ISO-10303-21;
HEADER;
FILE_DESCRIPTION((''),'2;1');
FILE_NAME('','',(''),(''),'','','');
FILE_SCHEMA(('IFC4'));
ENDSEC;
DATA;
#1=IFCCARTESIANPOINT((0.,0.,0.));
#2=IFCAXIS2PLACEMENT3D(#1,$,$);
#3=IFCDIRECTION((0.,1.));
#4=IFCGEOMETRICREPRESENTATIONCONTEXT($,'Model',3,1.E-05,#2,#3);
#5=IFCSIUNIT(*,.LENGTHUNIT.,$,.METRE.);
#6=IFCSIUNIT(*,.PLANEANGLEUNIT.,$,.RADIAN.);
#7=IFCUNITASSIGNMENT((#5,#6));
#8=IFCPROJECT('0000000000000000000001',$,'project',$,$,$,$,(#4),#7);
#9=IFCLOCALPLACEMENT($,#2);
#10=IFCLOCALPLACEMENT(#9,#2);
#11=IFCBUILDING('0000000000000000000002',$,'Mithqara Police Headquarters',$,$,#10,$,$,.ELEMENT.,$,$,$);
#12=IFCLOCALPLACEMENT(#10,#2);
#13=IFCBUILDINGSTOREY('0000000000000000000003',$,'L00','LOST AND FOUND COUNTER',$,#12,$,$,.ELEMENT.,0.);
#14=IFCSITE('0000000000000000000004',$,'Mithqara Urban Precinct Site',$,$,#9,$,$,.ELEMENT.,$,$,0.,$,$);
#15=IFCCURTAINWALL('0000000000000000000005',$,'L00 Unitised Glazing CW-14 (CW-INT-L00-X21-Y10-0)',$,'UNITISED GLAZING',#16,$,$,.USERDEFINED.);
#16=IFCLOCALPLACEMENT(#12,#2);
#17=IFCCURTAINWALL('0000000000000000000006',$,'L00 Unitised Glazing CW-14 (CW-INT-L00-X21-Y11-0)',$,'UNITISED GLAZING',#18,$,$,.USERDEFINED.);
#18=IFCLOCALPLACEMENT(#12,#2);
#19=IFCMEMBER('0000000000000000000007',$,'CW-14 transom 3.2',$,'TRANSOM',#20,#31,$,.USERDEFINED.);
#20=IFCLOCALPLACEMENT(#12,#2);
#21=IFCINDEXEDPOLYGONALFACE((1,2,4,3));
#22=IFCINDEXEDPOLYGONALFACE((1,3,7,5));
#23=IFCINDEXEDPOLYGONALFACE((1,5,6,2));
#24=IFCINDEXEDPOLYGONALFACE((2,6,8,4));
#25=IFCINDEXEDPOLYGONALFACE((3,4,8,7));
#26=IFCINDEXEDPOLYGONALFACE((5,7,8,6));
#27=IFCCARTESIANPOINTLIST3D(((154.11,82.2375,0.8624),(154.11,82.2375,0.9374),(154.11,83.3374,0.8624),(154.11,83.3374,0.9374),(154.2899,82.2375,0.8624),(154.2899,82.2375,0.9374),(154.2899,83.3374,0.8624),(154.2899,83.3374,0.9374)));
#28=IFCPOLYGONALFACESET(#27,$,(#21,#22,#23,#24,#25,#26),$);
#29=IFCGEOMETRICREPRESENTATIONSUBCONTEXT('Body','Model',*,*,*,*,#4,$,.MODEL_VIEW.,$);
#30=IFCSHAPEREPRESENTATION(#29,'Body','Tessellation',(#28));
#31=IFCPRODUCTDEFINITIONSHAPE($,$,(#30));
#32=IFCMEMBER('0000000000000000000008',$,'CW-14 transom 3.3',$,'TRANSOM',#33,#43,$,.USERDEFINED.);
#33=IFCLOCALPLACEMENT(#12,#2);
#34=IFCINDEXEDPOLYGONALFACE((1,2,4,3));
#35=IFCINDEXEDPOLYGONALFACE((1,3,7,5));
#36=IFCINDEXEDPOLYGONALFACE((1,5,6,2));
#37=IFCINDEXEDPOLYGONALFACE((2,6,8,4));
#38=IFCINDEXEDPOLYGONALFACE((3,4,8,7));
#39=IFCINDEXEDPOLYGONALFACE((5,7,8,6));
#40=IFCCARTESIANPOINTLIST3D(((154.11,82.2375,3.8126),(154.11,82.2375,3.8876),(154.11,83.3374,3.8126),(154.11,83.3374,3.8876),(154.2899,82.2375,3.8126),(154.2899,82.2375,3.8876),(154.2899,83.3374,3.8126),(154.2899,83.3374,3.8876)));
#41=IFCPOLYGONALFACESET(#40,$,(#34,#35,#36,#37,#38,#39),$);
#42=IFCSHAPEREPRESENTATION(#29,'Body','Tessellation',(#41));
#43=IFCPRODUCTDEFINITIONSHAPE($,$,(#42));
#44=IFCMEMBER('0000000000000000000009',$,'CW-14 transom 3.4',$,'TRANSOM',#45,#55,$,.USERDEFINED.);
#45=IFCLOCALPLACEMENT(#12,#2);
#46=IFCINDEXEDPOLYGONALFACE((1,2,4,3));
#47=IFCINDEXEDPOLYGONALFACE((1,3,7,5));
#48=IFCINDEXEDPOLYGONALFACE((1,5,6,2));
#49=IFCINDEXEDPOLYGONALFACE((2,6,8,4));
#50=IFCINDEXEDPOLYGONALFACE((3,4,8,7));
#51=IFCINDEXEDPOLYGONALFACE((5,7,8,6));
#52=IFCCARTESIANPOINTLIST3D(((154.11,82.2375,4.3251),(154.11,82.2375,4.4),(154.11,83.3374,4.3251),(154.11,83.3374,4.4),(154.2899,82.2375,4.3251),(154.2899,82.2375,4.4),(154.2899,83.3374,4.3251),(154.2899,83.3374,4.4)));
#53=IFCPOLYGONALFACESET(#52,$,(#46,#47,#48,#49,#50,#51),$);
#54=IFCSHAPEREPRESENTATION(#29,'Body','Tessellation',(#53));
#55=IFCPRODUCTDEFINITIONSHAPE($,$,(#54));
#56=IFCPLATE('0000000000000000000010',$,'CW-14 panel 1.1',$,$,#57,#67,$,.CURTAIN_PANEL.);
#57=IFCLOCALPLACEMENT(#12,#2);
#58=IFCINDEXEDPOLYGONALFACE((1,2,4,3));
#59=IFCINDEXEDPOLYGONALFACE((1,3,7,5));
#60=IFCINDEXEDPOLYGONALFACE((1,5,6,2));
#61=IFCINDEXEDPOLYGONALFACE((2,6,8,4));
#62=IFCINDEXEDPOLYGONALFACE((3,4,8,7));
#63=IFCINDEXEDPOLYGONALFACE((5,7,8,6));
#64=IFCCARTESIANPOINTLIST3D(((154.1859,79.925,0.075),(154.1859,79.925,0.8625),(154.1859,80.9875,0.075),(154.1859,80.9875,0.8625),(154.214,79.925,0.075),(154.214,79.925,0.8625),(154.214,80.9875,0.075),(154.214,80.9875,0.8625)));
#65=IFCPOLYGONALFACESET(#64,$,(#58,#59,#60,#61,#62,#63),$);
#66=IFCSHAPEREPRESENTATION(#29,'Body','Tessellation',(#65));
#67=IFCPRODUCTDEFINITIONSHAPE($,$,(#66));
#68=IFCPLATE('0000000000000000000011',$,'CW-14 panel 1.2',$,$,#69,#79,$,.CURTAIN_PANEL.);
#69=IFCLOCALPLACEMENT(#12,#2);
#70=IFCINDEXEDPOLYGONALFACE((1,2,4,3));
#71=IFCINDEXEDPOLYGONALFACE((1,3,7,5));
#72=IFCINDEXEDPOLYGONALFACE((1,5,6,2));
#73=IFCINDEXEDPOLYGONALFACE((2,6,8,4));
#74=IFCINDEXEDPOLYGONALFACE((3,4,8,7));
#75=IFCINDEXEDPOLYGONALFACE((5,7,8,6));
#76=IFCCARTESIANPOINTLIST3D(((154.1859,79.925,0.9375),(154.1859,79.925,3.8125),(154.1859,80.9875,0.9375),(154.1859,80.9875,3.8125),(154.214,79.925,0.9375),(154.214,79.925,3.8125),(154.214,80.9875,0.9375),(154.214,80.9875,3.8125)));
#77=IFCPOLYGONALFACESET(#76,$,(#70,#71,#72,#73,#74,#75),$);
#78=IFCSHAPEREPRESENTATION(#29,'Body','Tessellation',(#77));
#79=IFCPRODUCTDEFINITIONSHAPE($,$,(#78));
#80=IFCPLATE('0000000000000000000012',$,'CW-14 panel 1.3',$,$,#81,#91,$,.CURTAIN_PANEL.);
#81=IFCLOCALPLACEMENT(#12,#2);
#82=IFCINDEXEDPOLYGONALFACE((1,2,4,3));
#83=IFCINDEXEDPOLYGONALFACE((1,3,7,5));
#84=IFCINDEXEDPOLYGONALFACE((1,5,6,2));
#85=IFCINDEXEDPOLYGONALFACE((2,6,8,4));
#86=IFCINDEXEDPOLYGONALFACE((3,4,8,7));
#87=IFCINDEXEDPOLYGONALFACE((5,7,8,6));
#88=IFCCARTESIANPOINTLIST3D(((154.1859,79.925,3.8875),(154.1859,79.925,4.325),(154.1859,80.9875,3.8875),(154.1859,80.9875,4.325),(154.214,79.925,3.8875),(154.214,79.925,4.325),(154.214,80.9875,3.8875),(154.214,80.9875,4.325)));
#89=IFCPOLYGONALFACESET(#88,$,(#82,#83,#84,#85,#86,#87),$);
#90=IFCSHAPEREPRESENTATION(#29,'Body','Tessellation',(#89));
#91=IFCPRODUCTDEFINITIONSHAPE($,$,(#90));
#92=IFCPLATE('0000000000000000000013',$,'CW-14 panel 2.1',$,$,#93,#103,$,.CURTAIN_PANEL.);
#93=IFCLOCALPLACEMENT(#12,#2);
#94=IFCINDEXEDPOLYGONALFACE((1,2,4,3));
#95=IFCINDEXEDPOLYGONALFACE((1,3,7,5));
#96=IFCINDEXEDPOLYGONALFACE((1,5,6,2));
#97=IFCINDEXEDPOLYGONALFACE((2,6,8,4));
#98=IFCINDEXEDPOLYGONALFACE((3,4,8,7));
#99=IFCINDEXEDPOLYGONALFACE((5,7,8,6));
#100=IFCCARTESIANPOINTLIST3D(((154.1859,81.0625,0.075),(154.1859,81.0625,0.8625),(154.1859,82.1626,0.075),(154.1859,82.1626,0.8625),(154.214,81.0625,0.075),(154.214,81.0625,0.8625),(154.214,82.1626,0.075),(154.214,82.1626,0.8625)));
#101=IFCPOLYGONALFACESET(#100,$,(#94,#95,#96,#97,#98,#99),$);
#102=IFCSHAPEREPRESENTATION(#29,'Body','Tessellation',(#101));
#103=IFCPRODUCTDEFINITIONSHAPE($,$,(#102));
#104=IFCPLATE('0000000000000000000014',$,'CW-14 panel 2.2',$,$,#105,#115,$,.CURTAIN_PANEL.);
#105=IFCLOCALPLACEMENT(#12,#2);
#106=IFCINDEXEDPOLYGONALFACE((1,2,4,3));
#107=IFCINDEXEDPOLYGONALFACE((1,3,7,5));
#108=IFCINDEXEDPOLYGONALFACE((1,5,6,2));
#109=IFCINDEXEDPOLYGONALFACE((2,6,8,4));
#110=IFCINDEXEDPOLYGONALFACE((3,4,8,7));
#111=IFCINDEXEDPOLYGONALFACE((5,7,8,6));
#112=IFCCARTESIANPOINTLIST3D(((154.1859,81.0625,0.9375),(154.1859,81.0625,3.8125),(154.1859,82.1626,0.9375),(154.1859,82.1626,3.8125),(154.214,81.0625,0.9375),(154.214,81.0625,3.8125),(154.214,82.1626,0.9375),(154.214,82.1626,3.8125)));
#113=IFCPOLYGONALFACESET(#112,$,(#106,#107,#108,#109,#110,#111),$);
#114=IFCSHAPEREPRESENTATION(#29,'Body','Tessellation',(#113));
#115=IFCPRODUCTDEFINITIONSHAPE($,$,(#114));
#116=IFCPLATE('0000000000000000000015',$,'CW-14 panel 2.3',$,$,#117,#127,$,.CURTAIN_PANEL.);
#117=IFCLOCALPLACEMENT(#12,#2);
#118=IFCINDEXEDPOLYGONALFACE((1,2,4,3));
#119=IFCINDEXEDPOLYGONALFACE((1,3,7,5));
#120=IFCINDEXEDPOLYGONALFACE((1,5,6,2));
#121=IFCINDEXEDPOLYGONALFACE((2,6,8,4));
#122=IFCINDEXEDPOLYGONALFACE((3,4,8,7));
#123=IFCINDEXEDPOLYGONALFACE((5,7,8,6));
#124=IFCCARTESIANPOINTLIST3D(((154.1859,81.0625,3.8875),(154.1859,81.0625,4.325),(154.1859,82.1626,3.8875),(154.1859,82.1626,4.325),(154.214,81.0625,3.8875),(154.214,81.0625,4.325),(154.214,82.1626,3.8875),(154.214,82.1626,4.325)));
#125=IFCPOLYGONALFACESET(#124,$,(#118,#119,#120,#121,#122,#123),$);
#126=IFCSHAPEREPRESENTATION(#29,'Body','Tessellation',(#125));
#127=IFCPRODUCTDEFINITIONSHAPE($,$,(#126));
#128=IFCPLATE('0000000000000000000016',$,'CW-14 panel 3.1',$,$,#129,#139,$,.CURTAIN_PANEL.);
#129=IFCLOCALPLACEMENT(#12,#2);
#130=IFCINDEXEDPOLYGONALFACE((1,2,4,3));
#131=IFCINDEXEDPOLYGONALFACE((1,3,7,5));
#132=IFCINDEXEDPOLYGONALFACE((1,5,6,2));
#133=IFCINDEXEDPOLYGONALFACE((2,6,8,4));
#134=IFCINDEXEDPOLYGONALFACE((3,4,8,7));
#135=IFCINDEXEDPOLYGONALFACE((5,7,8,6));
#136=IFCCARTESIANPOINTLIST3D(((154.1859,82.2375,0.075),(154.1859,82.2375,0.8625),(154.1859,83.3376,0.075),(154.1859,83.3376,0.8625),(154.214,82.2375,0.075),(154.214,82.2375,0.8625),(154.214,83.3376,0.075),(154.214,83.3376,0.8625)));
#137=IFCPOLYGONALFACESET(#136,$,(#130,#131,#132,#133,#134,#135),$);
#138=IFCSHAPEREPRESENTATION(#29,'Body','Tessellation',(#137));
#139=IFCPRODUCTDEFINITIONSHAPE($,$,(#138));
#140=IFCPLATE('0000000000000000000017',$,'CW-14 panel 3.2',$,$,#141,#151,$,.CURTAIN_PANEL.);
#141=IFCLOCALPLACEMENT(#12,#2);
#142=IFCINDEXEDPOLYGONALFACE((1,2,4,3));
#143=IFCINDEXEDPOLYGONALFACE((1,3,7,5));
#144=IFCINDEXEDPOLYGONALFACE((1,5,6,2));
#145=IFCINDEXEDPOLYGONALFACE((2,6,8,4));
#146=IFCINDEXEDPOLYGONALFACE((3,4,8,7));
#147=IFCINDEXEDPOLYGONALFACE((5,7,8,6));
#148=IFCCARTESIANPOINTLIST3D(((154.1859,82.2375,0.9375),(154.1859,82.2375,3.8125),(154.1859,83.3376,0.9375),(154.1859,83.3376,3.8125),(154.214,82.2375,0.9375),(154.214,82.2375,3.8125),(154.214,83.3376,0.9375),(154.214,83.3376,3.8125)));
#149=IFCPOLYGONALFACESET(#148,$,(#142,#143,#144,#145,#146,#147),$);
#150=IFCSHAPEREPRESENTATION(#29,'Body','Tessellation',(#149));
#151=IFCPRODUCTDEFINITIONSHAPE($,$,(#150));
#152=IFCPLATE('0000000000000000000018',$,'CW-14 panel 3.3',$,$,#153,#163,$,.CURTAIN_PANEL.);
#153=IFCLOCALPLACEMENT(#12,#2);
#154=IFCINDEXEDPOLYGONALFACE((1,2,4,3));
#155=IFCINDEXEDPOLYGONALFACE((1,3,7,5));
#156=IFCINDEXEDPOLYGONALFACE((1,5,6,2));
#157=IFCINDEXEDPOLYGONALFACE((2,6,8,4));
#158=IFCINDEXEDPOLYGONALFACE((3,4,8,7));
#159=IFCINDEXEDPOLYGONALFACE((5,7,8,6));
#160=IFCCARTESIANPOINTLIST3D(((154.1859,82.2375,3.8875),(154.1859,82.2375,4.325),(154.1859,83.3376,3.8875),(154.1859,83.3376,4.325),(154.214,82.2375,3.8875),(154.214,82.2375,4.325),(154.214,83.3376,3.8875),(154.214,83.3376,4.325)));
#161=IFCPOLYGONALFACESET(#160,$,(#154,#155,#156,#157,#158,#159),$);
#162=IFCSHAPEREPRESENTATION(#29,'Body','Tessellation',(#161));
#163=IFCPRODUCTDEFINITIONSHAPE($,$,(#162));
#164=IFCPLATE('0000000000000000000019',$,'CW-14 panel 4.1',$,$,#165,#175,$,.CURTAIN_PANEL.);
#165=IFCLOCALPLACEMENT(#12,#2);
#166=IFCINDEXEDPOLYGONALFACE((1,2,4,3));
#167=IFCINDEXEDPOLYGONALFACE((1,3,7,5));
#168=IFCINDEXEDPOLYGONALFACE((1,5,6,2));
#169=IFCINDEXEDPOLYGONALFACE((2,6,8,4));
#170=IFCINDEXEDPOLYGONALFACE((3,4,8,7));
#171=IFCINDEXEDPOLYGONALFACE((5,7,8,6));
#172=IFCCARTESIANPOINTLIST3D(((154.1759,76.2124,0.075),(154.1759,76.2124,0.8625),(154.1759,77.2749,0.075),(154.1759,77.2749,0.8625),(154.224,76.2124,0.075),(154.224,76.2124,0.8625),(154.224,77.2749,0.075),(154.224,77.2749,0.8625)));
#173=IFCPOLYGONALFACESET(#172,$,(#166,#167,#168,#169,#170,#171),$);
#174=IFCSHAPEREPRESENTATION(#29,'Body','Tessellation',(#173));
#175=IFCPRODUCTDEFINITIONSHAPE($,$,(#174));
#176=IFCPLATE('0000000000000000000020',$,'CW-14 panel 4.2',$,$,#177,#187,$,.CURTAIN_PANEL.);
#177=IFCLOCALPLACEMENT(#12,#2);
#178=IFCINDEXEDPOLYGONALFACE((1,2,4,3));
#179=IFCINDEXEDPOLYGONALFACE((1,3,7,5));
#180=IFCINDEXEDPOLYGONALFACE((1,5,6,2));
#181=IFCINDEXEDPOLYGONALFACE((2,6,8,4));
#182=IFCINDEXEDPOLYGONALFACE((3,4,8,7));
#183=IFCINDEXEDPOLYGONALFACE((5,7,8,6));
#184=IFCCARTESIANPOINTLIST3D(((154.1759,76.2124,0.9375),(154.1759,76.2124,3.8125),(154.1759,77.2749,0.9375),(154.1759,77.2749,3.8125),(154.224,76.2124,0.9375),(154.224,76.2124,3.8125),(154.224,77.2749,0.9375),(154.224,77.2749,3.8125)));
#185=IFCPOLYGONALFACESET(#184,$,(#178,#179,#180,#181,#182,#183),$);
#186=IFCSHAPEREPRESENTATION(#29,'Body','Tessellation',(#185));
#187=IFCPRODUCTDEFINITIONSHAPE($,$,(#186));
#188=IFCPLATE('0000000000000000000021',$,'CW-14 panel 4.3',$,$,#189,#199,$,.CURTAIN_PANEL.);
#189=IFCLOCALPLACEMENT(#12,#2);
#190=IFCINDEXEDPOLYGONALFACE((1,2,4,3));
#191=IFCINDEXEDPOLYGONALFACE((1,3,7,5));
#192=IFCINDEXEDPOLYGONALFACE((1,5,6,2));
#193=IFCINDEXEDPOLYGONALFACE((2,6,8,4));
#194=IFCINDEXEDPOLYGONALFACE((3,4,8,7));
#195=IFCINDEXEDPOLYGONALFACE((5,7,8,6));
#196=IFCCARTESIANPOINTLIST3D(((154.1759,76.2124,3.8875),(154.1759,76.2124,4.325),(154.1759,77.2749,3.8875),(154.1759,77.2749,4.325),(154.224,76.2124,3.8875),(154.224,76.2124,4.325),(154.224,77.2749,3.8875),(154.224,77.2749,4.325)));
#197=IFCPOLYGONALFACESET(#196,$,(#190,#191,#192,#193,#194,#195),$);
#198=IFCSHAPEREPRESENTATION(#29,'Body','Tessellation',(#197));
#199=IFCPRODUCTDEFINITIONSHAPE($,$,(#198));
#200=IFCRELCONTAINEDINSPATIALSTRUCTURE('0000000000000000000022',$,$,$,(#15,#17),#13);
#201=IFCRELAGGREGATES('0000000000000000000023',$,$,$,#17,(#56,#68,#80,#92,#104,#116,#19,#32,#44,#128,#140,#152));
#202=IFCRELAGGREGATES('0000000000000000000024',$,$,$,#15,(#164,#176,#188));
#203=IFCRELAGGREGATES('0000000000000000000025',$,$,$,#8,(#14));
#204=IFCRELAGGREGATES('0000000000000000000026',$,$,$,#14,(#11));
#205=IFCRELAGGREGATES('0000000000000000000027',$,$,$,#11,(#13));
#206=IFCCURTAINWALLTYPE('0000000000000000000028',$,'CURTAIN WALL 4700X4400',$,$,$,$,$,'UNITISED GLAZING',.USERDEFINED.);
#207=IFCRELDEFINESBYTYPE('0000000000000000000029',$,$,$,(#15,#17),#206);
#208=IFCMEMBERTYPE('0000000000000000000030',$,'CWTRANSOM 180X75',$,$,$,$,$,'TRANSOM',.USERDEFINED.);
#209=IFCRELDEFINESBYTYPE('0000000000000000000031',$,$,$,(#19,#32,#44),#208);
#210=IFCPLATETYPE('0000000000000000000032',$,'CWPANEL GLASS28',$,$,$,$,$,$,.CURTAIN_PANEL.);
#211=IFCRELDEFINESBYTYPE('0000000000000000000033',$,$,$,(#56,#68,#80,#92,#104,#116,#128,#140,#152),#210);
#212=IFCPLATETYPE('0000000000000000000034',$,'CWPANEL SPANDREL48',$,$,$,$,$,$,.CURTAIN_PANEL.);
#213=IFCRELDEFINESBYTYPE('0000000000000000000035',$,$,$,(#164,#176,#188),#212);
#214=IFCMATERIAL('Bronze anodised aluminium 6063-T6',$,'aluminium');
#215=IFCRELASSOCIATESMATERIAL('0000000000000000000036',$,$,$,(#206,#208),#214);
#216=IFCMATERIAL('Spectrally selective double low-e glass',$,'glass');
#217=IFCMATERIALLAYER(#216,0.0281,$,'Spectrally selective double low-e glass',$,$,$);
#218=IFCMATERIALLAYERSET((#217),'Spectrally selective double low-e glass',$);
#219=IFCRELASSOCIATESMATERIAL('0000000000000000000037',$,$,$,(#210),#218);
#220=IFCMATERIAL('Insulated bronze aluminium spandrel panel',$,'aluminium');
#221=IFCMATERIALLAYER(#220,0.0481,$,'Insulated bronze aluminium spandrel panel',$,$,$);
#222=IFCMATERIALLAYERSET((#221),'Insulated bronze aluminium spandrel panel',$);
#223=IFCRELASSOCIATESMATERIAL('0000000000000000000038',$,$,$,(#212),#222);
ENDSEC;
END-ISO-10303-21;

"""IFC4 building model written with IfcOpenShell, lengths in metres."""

from ifc_helpers import new_model, si_unit, direction, frame, origin, origin_2d, place, context, subcontext, project, spatial, rectangle, extrude, material, layer, layer_set, material_profile, profile_set, type_object, element, aggregate, save


model = new_model("IFC4")

# Units and contexts
model_context = context("Model", 3, precision=1e-05, world=origin(), true_north=direction((0.0, 1.0)))
body_context = subcontext(model_context, "Body", "Model", "MODEL_VIEW")
ifc_project = project(units=[si_unit("LENGTHUNIT", "METRE"), si_unit("PLANEANGLEUNIT", "RADIAN")], contexts=[model_context])

# Site, building, storey
site_placement = place(None, origin())
site = spatial("IfcSite", under=ifc_project, at=site_placement, Name="Mithqara Urban Precinct Site", CompositionType="ELEMENT", RefElevation=0.0)
building_placement = place(site_placement, origin())
building = spatial("IfcBuilding", under=site, at=building_placement, Name="Mithqara Police Headquarters", CompositionType="ELEMENT")
storey_placement = place(building_placement, origin())
storey = spatial("IfcBuildingStorey", under=building, at=storey_placement, Name="L00", Description="LOST AND FOUND COUNTER", CompositionType="ELEMENT", Elevation=0.0)

# Curtain wall
ifc_material_1 = material(Name="Bronze anodised aluminium 6063-T6", Category="aluminium")
curtain_wall_type = type_object("IfcCurtainWallType", Name="CURTAIN WALL 4700X4400", ElementType="UNITISED GLAZING", PredefinedType="USERDEFINED", material=ifc_material_1)
curtain_wall_1_placement = place(storey_placement, origin())
curtain_wall_1 = element("IfcCurtainWall", 1, at=curtain_wall_1_placement, inside=storey, type_object=curtain_wall_type, Name="L00 Unitised Glazing CW-14 (CW-INT-L00-X21-Y10-0)", ObjectType="UNITISED GLAZING", PredefinedType="USERDEFINED")

# Curtain wall
curtain_wall_2_placement = place(storey_placement, origin())
curtain_wall_2 = element("IfcCurtainWall", 2, at=curtain_wall_2_placement, inside=storey, type_object=curtain_wall_type, Name="L00 Unitised Glazing CW-14 (CW-INT-L00-X21-Y11-0)", ObjectType="UNITISED GLAZING", PredefinedType="USERDEFINED")

# Members
ifc_material_profile_1 = material_profile(ifc_material_1, rectangle(XDim=0.1799, YDim=0.075, at=origin_2d()), Name="CWT 180x75")
ifc_profile_set_1 = profile_set([ifc_material_profile_1], Name="Bronze anodised aluminium 6063-T6")
member_type_1 = type_object("IfcMemberType", Name="CWTRANSOM 180X75", ElementType="TRANSOM", PredefinedType="USERDEFINED", material=ifc_profile_set_1)
member_1_placement = place(storey_placement, frame((154.2, 82.2375, 0.8999), z_axis=(0.0, 1.0, 0.0), x_axis=(-1.0, 0.0, 0.0)))
member_1 = element("IfcMember", 3, at=member_1_placement, type_object=member_type_1, Name="CW-14 transom 3.2", ObjectType="TRANSOM", PredefinedType="USERDEFINED", context=body_context, shape_type="SweptSolid", body=[
    extrude(rectangle(XDim=0.1799, YDim=0.075, at=origin_2d()), origin(), (0.0, 0.0, 1.0), 1.0999),
])
member_2_placement = place(storey_placement, frame((154.2, 82.2375, 3.8501), z_axis=(0.0, 1.0, 0.0), x_axis=(-1.0, 0.0, 0.0)))
member_2 = element("IfcMember", 4, at=member_2_placement, type_object=member_type_1, Name="CW-14 transom 3.3", ObjectType="TRANSOM", PredefinedType="USERDEFINED", context=body_context, shape_type="SweptSolid", body=[
    extrude(rectangle(XDim=0.1799, YDim=0.075, at=origin_2d()), origin(), (0.0, 0.0, 1.0), 1.0999),
])
member_3_placement = place(storey_placement, frame((154.2, 82.2375, 4.3625), z_axis=(0.0, 1.0, 0.0), x_axis=(-1.0, 0.0, 0.0)))
member_3 = element("IfcMember", 5, at=member_3_placement, type_object=member_type_1, Name="CW-14 transom 3.4", ObjectType="TRANSOM", PredefinedType="USERDEFINED", context=body_context, shape_type="SweptSolid", body=[
    extrude(rectangle(XDim=0.1799, YDim=0.075, at=origin_2d()), origin(), (0.0, 0.0, 1.0), 1.0999),
])

# Plates
ifc_material_2 = material(Name="Spectrally selective double low-e glass", Category="glass")
ifc_layer_1 = layer(ifc_material_2, 0.0281, Name="Spectrally selective double low-e glass")
ifc_layer_set_1 = layer_set([ifc_layer_1], Name="Spectrally selective double low-e glass")
plate_type_1 = type_object("IfcPlateType", Name="CWPANEL GLASS28", PredefinedType="CURTAIN_PANEL", material=ifc_layer_set_1)
plate_1_placement = place(storey_placement, frame((154.2, 80.4563, 0.075), z_axis=(0.0, 0.0, 1.0), x_axis=(0.0, 1.0, 0.0)))
plate_1 = element("IfcPlate", 6, at=plate_1_placement, type_object=plate_type_1, Name="CW-14 panel 1.1", PredefinedType="CURTAIN_PANEL", context=body_context, shape_type="SweptSolid", body=[
    extrude(rectangle(XDim=1.0625, YDim=0.0281, at=origin_2d()), origin(), (0.0, 0.0, 1.0), 0.7876),
])
plate_2_placement = place(storey_placement, frame((154.2, 80.4563, 0.9375), z_axis=(0.0, 0.0, 1.0), x_axis=(0.0, 1.0, 0.0)))
plate_2 = element("IfcPlate", 7, at=plate_2_placement, type_object=plate_type_1, Name="CW-14 panel 1.2", PredefinedType="CURTAIN_PANEL", context=body_context, shape_type="SweptSolid", body=[
    extrude(rectangle(XDim=1.0625, YDim=0.0281, at=origin_2d()), origin(), (0.0, 0.0, 1.0), 2.875),
])
plate_3_placement = place(storey_placement, frame((154.2, 80.4563, 3.8875), z_axis=(0.0, 0.0, 1.0), x_axis=(0.0, 1.0, 0.0)))
plate_3 = element("IfcPlate", 8, at=plate_3_placement, type_object=plate_type_1, Name="CW-14 panel 1.3", PredefinedType="CURTAIN_PANEL", context=body_context, shape_type="SweptSolid", body=[
    extrude(rectangle(XDim=1.0625, YDim=0.0281, at=origin_2d()), origin(), (0.0, 0.0, 1.0), 0.4375),
])
plate_4_placement = place(storey_placement, frame((154.2, 81.6125, 0.075), z_axis=(0.0, 0.0, 1.0), x_axis=(0.0, 1.0, 0.0)))
plate_4 = element("IfcPlate", 9, at=plate_4_placement, type_object=plate_type_1, Name="CW-14 panel 2.1", PredefinedType="CURTAIN_PANEL", context=body_context, shape_type="SweptSolid", body=[
    extrude(rectangle(XDim=1.1001, YDim=0.0281, at=origin_2d()), origin(), (0.0, 0.0, 1.0), 0.7876),
])
plate_5_placement = place(storey_placement, frame((154.2, 81.6125, 0.9375), z_axis=(0.0, 0.0, 1.0), x_axis=(0.0, 1.0, 0.0)))
plate_5 = element("IfcPlate", 10, at=plate_5_placement, type_object=plate_type_1, Name="CW-14 panel 2.2", PredefinedType="CURTAIN_PANEL", context=body_context, shape_type="SweptSolid", body=[
    extrude(rectangle(XDim=1.1001, YDim=0.0281, at=origin_2d()), origin(), (0.0, 0.0, 1.0), 2.875),
])
plate_6_placement = place(storey_placement, frame((154.2, 81.6125, 3.8875), z_axis=(0.0, 0.0, 1.0), x_axis=(0.0, 1.0, 0.0)))
plate_6 = element("IfcPlate", 11, at=plate_6_placement, type_object=plate_type_1, Name="CW-14 panel 2.3", PredefinedType="CURTAIN_PANEL", context=body_context, shape_type="SweptSolid", body=[
    extrude(rectangle(XDim=1.1001, YDim=0.0281, at=origin_2d()), origin(), (0.0, 0.0, 1.0), 0.4375),
])
plate_7_placement = place(storey_placement, frame((154.2, 82.7876, 0.075), z_axis=(0.0, 0.0, 1.0), x_axis=(0.0, 1.0, 0.0)))
plate_7 = element("IfcPlate", 12, at=plate_7_placement, type_object=plate_type_1, Name="CW-14 panel 3.1", PredefinedType="CURTAIN_PANEL", context=body_context, shape_type="SweptSolid", body=[
    extrude(rectangle(XDim=1.1001, YDim=0.0281, at=origin_2d()), origin(), (0.0, 0.0, 1.0), 0.7876),
])
plate_8_placement = place(storey_placement, frame((154.2, 82.7876, 0.9375), z_axis=(0.0, 0.0, 1.0), x_axis=(0.0, 1.0, 0.0)))
plate_8 = element("IfcPlate", 13, at=plate_8_placement, type_object=plate_type_1, Name="CW-14 panel 3.2", PredefinedType="CURTAIN_PANEL", context=body_context, shape_type="SweptSolid", body=[
    extrude(rectangle(XDim=1.1001, YDim=0.0281, at=origin_2d()), origin(), (0.0, 0.0, 1.0), 2.875),
])
plate_9_placement = place(storey_placement, frame((154.2, 82.7876, 3.8875), z_axis=(0.0, 0.0, 1.0), x_axis=(0.0, 1.0, 0.0)))
plate_9 = element("IfcPlate", 14, at=plate_9_placement, type_object=plate_type_1, Name="CW-14 panel 3.3", PredefinedType="CURTAIN_PANEL", context=body_context, shape_type="SweptSolid", body=[
    extrude(rectangle(XDim=1.1001, YDim=0.0281, at=origin_2d()), origin(), (0.0, 0.0, 1.0), 0.4375),
])
aggregate(curtain_wall_2, [plate_1, plate_2, plate_3, plate_4, plate_5, plate_6, member_1, member_2, member_3, plate_7, plate_8, plate_9])
ifc_material_3 = material(Name="Insulated bronze aluminium spandrel panel", Category="aluminium")
ifc_layer_2 = layer(ifc_material_3, 0.0481, Name="Insulated bronze aluminium spandrel panel")
ifc_layer_set_2 = layer_set([ifc_layer_2], Name="Insulated bronze aluminium spandrel panel")
plate_type_2 = type_object("IfcPlateType", Name="CWPANEL SPANDREL48", PredefinedType="CURTAIN_PANEL", material=ifc_layer_set_2)
plate_10_placement = place(storey_placement, frame((154.2, 76.7437, 0.075), z_axis=(0.0, 0.0, 1.0), x_axis=(0.0, 1.0, 0.0)))
plate_10 = element("IfcPlate", 15, at=plate_10_placement, type_object=plate_type_2, Name="CW-14 panel 4.1", PredefinedType="CURTAIN_PANEL", context=body_context, shape_type="SweptSolid", body=[
    extrude(rectangle(XDim=1.0625, YDim=0.0481, at=origin_2d()), origin(), (0.0, 0.0, 1.0), 0.7876),
])
plate_11_placement = place(storey_placement, frame((154.2, 76.7437, 0.9375), z_axis=(0.0, 0.0, 1.0), x_axis=(0.0, 1.0, 0.0)))
plate_11 = element("IfcPlate", 16, at=plate_11_placement, type_object=plate_type_2, Name="CW-14 panel 4.2", PredefinedType="CURTAIN_PANEL", context=body_context, shape_type="SweptSolid", body=[
    extrude(rectangle(XDim=1.0625, YDim=0.0481, at=origin_2d()), origin(), (0.0, 0.0, 1.0), 2.875),
])
plate_12_placement = place(storey_placement, frame((154.2, 76.7437, 3.8875), z_axis=(0.0, 0.0, 1.0), x_axis=(0.0, 1.0, 0.0)))
plate_12 = element("IfcPlate", 17, at=plate_12_placement, type_object=plate_type_2, Name="CW-14 panel 4.3", PredefinedType="CURTAIN_PANEL", context=body_context, shape_type="SweptSolid", body=[
    extrude(rectangle(XDim=1.0625, YDim=0.0481, at=origin_2d()), origin(), (0.0, 0.0, 1.0), 0.4375),
])
aggregate(curtain_wall_1, [plate_10, plate_11, plate_12])

save(model, "model.ifc")
